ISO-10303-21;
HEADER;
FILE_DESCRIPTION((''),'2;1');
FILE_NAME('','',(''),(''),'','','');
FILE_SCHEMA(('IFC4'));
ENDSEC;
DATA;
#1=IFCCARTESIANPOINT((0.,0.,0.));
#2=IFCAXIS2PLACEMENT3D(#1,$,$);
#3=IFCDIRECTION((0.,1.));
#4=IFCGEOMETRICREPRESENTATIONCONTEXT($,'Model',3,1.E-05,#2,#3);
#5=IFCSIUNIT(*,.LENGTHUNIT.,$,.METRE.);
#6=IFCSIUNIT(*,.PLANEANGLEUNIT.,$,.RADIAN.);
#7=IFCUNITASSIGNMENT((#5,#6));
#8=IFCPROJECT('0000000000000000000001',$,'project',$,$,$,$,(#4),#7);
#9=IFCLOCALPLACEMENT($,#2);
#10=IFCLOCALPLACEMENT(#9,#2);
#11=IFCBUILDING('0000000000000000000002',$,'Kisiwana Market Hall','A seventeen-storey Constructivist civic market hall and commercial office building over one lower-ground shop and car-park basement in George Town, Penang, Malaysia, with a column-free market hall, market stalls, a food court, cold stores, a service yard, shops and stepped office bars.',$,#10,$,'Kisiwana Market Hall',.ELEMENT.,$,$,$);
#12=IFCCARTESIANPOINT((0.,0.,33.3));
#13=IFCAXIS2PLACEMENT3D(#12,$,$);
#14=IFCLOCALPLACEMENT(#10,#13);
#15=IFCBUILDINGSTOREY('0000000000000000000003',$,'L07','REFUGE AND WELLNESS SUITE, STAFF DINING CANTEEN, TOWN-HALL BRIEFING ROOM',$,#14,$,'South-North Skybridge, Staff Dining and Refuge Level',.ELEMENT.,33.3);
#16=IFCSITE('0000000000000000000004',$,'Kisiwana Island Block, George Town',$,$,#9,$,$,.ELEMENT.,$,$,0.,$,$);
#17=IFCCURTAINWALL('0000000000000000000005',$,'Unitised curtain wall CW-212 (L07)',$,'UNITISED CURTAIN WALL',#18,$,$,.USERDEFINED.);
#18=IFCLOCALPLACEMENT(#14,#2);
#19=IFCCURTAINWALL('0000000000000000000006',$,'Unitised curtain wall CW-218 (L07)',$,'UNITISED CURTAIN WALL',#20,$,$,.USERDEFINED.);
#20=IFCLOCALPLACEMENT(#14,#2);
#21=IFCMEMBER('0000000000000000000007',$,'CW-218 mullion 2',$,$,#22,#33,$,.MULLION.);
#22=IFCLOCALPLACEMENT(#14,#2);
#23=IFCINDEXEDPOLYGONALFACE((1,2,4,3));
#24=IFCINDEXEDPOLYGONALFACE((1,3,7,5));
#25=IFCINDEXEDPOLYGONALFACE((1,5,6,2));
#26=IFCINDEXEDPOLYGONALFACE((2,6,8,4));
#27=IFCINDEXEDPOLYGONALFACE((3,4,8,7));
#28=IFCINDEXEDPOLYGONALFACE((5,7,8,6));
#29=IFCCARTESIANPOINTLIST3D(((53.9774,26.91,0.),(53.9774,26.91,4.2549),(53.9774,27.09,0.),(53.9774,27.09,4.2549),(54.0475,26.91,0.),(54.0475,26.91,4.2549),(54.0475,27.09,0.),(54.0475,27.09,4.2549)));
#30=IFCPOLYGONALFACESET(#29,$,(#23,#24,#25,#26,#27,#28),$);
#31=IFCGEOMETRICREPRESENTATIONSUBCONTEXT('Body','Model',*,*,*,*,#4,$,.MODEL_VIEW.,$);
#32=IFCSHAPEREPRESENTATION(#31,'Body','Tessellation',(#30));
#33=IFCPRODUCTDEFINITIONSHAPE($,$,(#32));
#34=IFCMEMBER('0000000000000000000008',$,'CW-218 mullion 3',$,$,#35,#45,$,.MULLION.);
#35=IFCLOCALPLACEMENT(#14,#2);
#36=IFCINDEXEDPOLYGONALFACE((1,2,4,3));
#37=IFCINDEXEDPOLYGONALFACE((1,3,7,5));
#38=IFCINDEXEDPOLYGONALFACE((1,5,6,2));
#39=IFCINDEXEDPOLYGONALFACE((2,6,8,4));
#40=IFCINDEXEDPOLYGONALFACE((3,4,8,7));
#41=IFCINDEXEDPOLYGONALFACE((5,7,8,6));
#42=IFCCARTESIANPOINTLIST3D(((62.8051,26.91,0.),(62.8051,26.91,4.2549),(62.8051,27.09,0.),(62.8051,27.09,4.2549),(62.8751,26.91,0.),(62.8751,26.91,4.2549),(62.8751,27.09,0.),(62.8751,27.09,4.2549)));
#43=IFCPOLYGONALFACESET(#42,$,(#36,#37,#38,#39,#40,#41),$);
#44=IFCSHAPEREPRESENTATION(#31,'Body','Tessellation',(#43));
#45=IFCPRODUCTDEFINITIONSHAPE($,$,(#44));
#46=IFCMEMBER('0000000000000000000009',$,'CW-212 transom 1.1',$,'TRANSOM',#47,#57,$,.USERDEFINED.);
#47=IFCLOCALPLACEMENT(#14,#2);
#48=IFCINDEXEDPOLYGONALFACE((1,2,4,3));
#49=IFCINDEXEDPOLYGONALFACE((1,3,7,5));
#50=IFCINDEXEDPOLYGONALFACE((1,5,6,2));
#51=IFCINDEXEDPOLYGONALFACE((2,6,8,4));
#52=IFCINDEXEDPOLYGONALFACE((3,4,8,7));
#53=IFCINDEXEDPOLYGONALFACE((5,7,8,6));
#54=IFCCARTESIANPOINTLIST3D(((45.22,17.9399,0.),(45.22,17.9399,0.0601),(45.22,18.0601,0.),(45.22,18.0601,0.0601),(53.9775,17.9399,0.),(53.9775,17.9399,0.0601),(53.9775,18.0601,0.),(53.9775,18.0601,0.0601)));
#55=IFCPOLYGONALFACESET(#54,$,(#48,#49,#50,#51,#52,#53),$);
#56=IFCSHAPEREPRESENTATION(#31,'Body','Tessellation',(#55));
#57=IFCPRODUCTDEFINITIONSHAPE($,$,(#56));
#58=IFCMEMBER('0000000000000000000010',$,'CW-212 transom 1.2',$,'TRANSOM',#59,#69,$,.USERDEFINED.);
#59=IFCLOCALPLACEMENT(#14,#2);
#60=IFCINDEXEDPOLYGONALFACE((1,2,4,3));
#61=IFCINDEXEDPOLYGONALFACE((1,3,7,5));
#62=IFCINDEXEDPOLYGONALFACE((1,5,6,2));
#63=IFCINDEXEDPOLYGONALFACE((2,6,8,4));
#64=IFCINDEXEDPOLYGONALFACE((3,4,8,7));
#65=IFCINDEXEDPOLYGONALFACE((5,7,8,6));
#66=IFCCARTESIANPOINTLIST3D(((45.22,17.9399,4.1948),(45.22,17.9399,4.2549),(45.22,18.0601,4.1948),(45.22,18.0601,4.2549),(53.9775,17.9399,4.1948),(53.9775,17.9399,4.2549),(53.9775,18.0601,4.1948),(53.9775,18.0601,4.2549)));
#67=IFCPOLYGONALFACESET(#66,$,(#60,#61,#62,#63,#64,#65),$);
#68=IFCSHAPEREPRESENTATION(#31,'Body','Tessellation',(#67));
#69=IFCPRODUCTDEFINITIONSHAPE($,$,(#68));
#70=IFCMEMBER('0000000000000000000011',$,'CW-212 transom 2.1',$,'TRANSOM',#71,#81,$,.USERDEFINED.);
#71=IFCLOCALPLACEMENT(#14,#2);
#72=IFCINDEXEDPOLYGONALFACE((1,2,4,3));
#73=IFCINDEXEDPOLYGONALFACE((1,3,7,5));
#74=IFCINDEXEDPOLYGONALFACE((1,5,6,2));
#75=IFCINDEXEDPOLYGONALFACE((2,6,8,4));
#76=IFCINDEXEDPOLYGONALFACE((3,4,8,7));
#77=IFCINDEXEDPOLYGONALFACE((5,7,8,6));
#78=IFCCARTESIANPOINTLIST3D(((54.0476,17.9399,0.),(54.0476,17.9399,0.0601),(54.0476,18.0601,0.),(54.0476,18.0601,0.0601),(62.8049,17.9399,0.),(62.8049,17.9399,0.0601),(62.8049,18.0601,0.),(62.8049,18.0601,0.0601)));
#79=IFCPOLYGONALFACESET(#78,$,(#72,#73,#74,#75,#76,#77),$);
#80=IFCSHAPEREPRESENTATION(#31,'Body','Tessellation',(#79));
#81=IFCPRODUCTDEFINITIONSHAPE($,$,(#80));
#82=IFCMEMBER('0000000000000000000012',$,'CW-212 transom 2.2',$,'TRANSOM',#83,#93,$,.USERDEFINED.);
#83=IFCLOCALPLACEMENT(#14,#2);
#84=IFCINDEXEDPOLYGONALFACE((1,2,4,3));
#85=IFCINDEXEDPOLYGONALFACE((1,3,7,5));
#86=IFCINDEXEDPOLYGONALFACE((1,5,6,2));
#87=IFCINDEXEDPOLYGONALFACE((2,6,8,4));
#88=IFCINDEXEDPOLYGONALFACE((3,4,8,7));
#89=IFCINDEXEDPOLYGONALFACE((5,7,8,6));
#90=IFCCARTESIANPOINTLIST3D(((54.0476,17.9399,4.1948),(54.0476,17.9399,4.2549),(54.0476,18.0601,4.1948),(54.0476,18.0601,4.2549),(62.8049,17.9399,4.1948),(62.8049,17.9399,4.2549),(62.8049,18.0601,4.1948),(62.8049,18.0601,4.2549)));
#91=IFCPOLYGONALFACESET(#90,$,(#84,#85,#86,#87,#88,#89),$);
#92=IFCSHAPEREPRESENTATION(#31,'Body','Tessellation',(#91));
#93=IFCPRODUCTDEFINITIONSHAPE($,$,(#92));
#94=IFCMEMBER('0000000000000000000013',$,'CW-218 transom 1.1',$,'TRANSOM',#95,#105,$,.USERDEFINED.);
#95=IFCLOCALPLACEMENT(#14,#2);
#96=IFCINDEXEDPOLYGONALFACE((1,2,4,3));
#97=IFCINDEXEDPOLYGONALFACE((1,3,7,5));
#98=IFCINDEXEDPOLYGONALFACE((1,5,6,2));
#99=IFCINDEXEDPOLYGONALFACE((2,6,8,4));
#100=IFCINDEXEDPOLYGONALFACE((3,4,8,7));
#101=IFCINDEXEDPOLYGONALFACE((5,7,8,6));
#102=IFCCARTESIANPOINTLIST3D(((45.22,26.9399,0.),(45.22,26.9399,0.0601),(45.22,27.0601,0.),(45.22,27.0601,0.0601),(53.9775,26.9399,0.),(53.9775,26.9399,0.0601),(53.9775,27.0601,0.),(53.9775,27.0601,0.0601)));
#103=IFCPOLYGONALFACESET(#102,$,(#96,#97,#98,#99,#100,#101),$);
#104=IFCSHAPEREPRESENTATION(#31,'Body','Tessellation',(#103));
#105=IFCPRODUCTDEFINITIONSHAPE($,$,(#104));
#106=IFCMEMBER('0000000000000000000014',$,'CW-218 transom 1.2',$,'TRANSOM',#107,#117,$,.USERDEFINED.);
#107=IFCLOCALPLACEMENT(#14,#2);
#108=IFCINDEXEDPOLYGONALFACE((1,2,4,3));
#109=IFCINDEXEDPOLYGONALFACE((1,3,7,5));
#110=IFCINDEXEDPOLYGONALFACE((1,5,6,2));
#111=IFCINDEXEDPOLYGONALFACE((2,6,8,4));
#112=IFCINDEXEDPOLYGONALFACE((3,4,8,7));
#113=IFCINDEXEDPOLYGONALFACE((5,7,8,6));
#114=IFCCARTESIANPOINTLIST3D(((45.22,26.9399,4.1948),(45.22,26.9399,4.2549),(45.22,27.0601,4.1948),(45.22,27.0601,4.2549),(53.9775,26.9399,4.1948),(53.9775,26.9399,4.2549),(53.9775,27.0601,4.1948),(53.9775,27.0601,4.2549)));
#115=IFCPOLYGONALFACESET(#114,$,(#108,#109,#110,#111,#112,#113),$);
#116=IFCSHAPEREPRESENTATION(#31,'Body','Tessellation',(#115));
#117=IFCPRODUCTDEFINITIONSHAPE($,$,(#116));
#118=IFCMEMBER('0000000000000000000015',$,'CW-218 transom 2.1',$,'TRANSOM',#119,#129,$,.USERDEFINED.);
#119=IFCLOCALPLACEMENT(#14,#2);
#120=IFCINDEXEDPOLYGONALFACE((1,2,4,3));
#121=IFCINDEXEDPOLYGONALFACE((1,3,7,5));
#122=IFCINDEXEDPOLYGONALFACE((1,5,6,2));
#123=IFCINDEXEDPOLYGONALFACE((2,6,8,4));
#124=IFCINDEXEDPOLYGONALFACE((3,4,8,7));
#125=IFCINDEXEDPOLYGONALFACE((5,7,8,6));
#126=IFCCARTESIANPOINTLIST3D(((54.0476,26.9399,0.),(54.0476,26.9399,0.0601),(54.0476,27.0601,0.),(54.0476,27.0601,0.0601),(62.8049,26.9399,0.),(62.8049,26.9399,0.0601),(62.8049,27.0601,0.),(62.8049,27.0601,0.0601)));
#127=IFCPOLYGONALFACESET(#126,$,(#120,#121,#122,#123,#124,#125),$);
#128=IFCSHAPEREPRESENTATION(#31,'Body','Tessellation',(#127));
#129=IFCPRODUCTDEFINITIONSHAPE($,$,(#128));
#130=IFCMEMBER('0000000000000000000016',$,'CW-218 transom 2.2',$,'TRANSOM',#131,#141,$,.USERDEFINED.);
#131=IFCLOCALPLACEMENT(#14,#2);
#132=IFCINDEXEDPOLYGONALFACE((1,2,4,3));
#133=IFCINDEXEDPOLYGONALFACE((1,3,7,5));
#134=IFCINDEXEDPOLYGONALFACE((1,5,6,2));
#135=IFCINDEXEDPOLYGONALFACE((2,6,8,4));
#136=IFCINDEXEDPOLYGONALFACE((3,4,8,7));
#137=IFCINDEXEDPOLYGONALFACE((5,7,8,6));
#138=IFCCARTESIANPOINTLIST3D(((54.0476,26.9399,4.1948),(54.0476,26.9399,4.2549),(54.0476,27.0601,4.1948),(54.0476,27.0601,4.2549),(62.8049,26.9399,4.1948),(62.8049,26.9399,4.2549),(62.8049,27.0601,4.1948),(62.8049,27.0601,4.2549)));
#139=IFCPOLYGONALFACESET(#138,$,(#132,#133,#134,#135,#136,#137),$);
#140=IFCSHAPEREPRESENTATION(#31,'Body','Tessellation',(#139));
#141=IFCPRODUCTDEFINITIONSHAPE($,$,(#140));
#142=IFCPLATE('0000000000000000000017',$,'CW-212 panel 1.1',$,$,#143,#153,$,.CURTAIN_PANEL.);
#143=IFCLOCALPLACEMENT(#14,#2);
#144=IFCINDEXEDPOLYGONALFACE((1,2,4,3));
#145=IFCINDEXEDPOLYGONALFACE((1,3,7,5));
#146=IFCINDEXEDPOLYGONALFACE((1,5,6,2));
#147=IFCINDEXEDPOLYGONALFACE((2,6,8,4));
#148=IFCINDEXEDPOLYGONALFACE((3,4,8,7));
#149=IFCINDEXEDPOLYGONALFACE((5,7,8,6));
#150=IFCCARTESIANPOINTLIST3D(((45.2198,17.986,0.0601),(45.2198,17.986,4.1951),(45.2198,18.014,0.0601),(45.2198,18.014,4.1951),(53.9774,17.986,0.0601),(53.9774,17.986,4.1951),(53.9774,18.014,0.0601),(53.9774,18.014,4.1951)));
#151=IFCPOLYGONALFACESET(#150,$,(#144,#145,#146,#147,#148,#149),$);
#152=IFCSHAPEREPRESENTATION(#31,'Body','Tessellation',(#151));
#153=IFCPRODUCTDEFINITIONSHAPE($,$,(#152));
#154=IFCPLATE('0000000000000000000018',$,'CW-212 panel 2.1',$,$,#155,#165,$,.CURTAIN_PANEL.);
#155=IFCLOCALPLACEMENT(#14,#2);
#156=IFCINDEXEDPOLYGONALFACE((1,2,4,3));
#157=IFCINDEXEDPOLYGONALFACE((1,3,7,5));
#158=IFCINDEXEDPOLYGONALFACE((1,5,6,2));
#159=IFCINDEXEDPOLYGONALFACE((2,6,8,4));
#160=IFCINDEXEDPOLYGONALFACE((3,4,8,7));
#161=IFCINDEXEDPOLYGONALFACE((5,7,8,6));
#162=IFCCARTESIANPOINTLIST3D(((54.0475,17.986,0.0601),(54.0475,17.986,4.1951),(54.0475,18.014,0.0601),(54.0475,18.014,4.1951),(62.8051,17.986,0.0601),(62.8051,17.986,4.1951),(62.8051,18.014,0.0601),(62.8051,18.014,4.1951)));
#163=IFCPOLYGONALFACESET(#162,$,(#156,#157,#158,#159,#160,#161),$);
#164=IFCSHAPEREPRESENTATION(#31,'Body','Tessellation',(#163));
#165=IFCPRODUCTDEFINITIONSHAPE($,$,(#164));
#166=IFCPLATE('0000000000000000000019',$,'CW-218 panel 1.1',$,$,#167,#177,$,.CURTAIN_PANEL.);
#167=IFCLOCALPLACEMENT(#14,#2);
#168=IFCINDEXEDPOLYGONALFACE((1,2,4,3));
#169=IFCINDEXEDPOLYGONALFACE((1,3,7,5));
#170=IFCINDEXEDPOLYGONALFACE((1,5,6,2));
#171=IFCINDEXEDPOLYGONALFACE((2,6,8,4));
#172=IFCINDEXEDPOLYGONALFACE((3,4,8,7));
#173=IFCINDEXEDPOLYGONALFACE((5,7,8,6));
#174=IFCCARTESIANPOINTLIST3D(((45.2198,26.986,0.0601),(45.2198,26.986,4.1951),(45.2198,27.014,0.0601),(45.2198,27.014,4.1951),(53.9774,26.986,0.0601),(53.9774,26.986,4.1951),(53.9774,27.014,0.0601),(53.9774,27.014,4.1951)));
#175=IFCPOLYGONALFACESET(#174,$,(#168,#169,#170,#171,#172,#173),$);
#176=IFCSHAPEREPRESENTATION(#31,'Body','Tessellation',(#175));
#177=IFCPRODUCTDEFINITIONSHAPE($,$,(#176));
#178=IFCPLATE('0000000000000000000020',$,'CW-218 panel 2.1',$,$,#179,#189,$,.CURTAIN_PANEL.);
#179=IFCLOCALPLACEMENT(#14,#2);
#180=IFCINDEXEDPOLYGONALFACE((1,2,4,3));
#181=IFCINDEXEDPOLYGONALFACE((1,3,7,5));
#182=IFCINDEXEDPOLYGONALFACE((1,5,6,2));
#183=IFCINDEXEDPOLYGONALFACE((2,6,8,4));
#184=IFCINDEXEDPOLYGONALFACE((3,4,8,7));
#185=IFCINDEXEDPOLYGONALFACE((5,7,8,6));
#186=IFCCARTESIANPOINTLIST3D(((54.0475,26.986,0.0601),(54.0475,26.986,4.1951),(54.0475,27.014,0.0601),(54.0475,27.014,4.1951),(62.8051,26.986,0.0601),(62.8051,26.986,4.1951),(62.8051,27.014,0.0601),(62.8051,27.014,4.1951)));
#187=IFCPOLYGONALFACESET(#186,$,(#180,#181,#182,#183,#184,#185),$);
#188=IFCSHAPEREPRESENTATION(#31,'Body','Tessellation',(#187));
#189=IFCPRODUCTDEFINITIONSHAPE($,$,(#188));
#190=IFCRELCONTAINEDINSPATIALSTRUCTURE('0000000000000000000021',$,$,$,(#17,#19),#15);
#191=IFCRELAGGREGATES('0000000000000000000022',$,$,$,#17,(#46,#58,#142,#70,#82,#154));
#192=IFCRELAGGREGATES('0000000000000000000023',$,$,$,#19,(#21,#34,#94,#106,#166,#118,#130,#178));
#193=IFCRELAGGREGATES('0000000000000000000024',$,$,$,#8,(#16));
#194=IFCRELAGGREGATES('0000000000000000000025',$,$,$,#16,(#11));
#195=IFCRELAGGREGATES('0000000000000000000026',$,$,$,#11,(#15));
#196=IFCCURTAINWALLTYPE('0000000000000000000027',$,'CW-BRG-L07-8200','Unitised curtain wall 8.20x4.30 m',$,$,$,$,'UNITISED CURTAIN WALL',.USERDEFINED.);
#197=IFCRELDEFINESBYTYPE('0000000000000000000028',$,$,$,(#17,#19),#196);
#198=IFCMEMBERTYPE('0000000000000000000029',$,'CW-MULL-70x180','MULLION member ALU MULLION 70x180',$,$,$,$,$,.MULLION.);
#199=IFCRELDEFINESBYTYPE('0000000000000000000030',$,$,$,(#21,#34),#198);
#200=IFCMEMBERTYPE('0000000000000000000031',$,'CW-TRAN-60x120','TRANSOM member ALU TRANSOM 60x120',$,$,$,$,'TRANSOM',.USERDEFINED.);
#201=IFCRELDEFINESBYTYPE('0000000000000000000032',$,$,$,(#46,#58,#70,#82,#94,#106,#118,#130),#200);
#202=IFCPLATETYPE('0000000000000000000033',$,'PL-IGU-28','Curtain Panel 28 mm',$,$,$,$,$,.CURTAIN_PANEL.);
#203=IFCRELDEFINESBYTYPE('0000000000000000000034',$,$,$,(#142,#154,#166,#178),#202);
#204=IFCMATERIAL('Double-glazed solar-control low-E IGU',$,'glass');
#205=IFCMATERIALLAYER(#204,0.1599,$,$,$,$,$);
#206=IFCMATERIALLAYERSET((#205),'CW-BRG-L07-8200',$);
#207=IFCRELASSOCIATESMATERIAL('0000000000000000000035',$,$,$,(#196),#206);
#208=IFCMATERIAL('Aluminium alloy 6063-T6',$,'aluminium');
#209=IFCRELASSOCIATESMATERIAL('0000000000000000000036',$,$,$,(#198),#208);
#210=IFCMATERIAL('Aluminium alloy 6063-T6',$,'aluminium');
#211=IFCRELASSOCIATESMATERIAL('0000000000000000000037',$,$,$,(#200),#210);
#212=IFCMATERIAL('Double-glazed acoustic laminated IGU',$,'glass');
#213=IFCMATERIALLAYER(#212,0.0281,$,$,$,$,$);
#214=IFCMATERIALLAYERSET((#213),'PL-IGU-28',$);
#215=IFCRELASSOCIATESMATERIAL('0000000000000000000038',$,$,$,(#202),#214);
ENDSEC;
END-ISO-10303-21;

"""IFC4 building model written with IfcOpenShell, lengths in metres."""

from ifc_helpers import new_model, si_unit, direction, frame, origin, origin_2d, place, context, subcontext, project, spatial, rectangle, extrude, material, layer, layer_set, material_profile, profile_set, type_object, element, aggregate, save


model = new_model("IFC4")

# Units and contexts
model_context = context("Model", 3, precision=1e-05, world=origin(), true_north=direction((0.0, 1.0)))
body_context = subcontext(model_context, "Body", "Model", "MODEL_VIEW")
ifc_project = project(units=[si_unit("LENGTHUNIT", "METRE"), si_unit("PLANEANGLEUNIT", "RADIAN")], contexts=[model_context])

# Site, building, storey
site_placement = place(None, origin())
site = spatial("IfcSite", under=ifc_project, at=site_placement, Name="Kisiwana Island Block, George Town", CompositionType="ELEMENT", RefElevation=0.0)
building_placement = place(site_placement, origin())
building = spatial("IfcBuilding", under=site, at=building_placement, Name="Kisiwana Market Hall", Description="A seventeen-storey Constructivist civic market hall and commercial office building over one lower-ground shop and car-park basement in George Town, Penang, Malaysia, with a column-free market hall, market stalls, a food court, cold stores, a service yard, shops and stepped office bars.", LongName="Kisiwana Market Hall", CompositionType="ELEMENT")
storey_placement = place(building_placement, frame((0.0, 0.0, 33.3)))
storey = spatial("IfcBuildingStorey", under=building, at=storey_placement, Name="L07", Description="REFUGE AND WELLNESS SUITE, STAFF DINING CANTEEN, TOWN-HALL BRIEFING ROOM", LongName="South-North Skybridge, Staff Dining and Refuge Level", CompositionType="ELEMENT", Elevation=33.3)

# Curtain walls, members
ifc_material_1 = material(Name="Double-glazed solar-control low-E IGU", Category="glass")
ifc_layer_1 = layer(ifc_material_1, 0.1599)
ifc_layer_set_1 = layer_set([ifc_layer_1], Name="CW-BRG-L07-8200")
curtain_wall_type = type_object("IfcCurtainWallType", Name="CW-BRG-L07-8200", Description="Unitised curtain wall 8.20x4.30 m", ElementType="UNITISED CURTAIN WALL", PredefinedType="USERDEFINED", material=ifc_layer_set_1)
curtain_wall_1_placement = place(storey_placement, origin())
curtain_wall_1 = element("IfcCurtainWall", 1, at=curtain_wall_1_placement, inside=storey, type_object=curtain_wall_type, Name="Unitised curtain wall CW-212 (L07)", ObjectType="UNITISED CURTAIN WALL", PredefinedType="USERDEFINED")
ifc_material_2 = material(Name="Aluminium alloy 6063-T6", Category="aluminium")
ifc_material_profile_1 = material_profile(ifc_material_2, rectangle(XDim=0.0701, YDim=0.1799, at=origin_2d()), Name="ALU MULLION 70x180")
ifc_profile_set_1 = profile_set([ifc_material_profile_1], Name="Aluminium alloy 6063-T6")
member_type_1 = type_object("IfcMemberType", Name="CW-MULL-70x180", Description="MULLION member ALU MULLION 70x180", PredefinedType="MULLION", material=ifc_profile_set_1)
curtain_wall_2_placement = place(storey_placement, origin())
curtain_wall_2 = element("IfcCurtainWall", 2, at=curtain_wall_2_placement, inside=storey, type_object=curtain_wall_type, Name="Unitised curtain wall CW-218 (L07)", ObjectType="UNITISED CURTAIN WALL", PredefinedType="USERDEFINED")
member_1_placement = place(storey_placement, frame((54.0125, 27.0, 0.0), z_axis=(0.0, 0.0, 1.0), x_axis=(1.0, 0.0, 0.0)))
member_1 = element("IfcMember", 3, at=member_1_placement, type_object=member_type_1, Name="CW-218 mullion 2", PredefinedType="MULLION", context=body_context, shape_type="SweptSolid", body=[
    extrude(rectangle(XDim=0.0701, YDim=0.1799, at=origin_2d()), origin(), (0.0, 0.0, 1.0), 4.2549),
])
member_2_placement = place(storey_placement, frame((62.8401, 27.0, 0.0), z_axis=(0.0, 0.0, 1.0), x_axis=(1.0, 0.0, 0.0)))
member_2 = element("IfcMember", 4, at=member_2_placement, type_object=member_type_1, Name="CW-218 mullion 3", PredefinedType="MULLION", context=body_context, shape_type="SweptSolid", body=[
    extrude(rectangle(XDim=0.0701, YDim=0.1799, at=origin_2d()), origin(), (0.0, 0.0, 1.0), 4.2549),
])

# Members
ifc_material_3 = material(Name="Aluminium alloy 6063-T6", Category="aluminium")
ifc_material_profile_2 = material_profile(ifc_material_3, rectangle(XDim=0.1201, YDim=0.0601, at=origin_2d()), Name="ALU TRANSOM 60x120")
ifc_profile_set_2 = profile_set([ifc_material_profile_2], Name="Aluminium alloy 6063-T6")
member_type_2 = type_object("IfcMemberType", Name="CW-TRAN-60x120", Description="TRANSOM member ALU TRANSOM 60x120", ElementType="TRANSOM", PredefinedType="USERDEFINED", material=ifc_profile_set_2)
member_3_placement = place(storey_placement, frame((45.22, 18.0, 0.03), z_axis=(1.0, 0.0, 0.0), x_axis=(0.0, 1.0, 0.0)))
member_3 = element("IfcMember", 5, at=member_3_placement, type_object=member_type_2, Name="CW-212 transom 1.1", ObjectType="TRANSOM", PredefinedType="USERDEFINED", context=body_context, shape_type="SweptSolid", body=[
    extrude(rectangle(XDim=0.1201, YDim=0.0601, at=origin_2d()), origin(), (0.0, 0.0, 1.0), 8.7576),
])
member_4_placement = place(storey_placement, frame((45.22, 18.0, 4.2249), z_axis=(1.0, 0.0, 0.0), x_axis=(0.0, 1.0, 0.0)))
member_4 = element("IfcMember", 6, at=member_4_placement, type_object=member_type_2, Name="CW-212 transom 1.2", ObjectType="TRANSOM", PredefinedType="USERDEFINED", context=body_context, shape_type="SweptSolid", body=[
    extrude(rectangle(XDim=0.1201, YDim=0.0601, at=origin_2d()), origin(), (0.0, 0.0, 1.0), 8.7576),
])
member_5_placement = place(storey_placement, frame((54.0476, 18.0, 0.03), z_axis=(1.0, 0.0, 0.0), x_axis=(0.0, 1.0, 0.0)))
member_5 = element("IfcMember", 7, at=member_5_placement, type_object=member_type_2, Name="CW-212 transom 2.1", ObjectType="TRANSOM", PredefinedType="USERDEFINED", context=body_context, shape_type="SweptSolid", body=[
    extrude(rectangle(XDim=0.1201, YDim=0.0601, at=origin_2d()), origin(), (0.0, 0.0, 1.0), 8.7573),
])
member_6_placement = place(storey_placement, frame((54.0476, 18.0, 4.2249), z_axis=(1.0, 0.0, 0.0), x_axis=(0.0, 1.0, 0.0)))
member_6 = element("IfcMember", 8, at=member_6_placement, type_object=member_type_2, Name="CW-212 transom 2.2", ObjectType="TRANSOM", PredefinedType="USERDEFINED", context=body_context, shape_type="SweptSolid", body=[
    extrude(rectangle(XDim=0.1201, YDim=0.0601, at=origin_2d()), origin(), (0.0, 0.0, 1.0), 8.7573),
])
member_7_placement = place(storey_placement, frame((45.22, 27.0, 0.03), z_axis=(1.0, 0.0, 0.0), x_axis=(0.0, 1.0, 0.0)))
member_7 = element("IfcMember", 9, at=member_7_placement, type_object=member_type_2, Name="CW-218 transom 1.1", ObjectType="TRANSOM", PredefinedType="USERDEFINED", context=body_context, shape_type="SweptSolid", body=[
    extrude(rectangle(XDim=0.1201, YDim=0.0601, at=origin_2d()), origin(), (0.0, 0.0, 1.0), 8.7576),
])
member_8_placement = place(storey_placement, frame((45.22, 27.0, 4.2249), z_axis=(1.0, 0.0, 0.0), x_axis=(0.0, 1.0, 0.0)))
member_8 = element("IfcMember", 10, at=member_8_placement, type_object=member_type_2, Name="CW-218 transom 1.2", ObjectType="TRANSOM", PredefinedType="USERDEFINED", context=body_context, shape_type="SweptSolid", body=[
    extrude(rectangle(XDim=0.1201, YDim=0.0601, at=origin_2d()), origin(), (0.0, 0.0, 1.0), 8.7576),
])
member_9_placement = place(storey_placement, frame((54.0476, 27.0, 0.03), z_axis=(1.0, 0.0, 0.0), x_axis=(0.0, 1.0, 0.0)))
member_9 = element("IfcMember", 11, at=member_9_placement, type_object=member_type_2, Name="CW-218 transom 2.1", ObjectType="TRANSOM", PredefinedType="USERDEFINED", context=body_context, shape_type="SweptSolid", body=[
    extrude(rectangle(XDim=0.1201, YDim=0.0601, at=origin_2d()), origin(), (0.0, 0.0, 1.0), 8.7573),
])
member_10_placement = place(storey_placement, frame((54.0476, 27.0, 4.2249), z_axis=(1.0, 0.0, 0.0), x_axis=(0.0, 1.0, 0.0)))
member_10 = element("IfcMember", 12, at=member_10_placement, type_object=member_type_2, Name="CW-218 transom 2.2", ObjectType="TRANSOM", PredefinedType="USERDEFINED", context=body_context, shape_type="SweptSolid", body=[
    extrude(rectangle(XDim=0.1201, YDim=0.0601, at=origin_2d()), origin(), (0.0, 0.0, 1.0), 8.7573),
])

# Plates
ifc_material_4 = material(Name="Double-glazed acoustic laminated IGU", Category="glass")
ifc_layer_2 = layer(ifc_material_4, 0.0281)
ifc_layer_set_2 = layer_set([ifc_layer_2], Name="PL-IGU-28")
plate_type = type_object("IfcPlateType", Name="PL-IGU-28", Description="Curtain Panel 28 mm", PredefinedType="CURTAIN_PANEL", material=ifc_layer_set_2)
plate_1_placement = place(storey_placement, frame((49.5986, 18.0, 0.0601), z_axis=(0.0, 0.0, 1.0), x_axis=(1.0, 0.0, 0.0)))
plate_1 = element("IfcPlate", 13, at=plate_1_placement, type_object=plate_type, Name="CW-212 panel 1.1", PredefinedType="CURTAIN_PANEL", context=body_context, shape_type="SweptSolid", body=[
    extrude(rectangle(XDim=8.7576, YDim=0.0281, at=origin_2d()), origin(), (0.0, 0.0, 1.0), 4.135),
])
plate_2_placement = place(storey_placement, frame((58.4263, 18.0, 0.0601), z_axis=(0.0, 0.0, 1.0), x_axis=(1.0, 0.0, 0.0)))
plate_2 = element("IfcPlate", 14, at=plate_2_placement, type_object=plate_type, Name="CW-212 panel 2.1", PredefinedType="CURTAIN_PANEL", context=body_context, shape_type="SweptSolid", body=[
    extrude(rectangle(XDim=8.7576, YDim=0.0281, at=origin_2d()), origin(), (0.0, 0.0, 1.0), 4.135),
])
aggregate(curtain_wall_1, [member_3, member_4, plate_1, member_5, member_6, plate_2])
plate_3_placement = place(storey_placement, frame((49.5986, 27.0, 0.0601), z_axis=(0.0, 0.0, 1.0), x_axis=(1.0, 0.0, 0.0)))
plate_3 = element("IfcPlate", 15, at=plate_3_placement, type_object=plate_type, Name="CW-218 panel 1.1", PredefinedType="CURTAIN_PANEL", context=body_context, shape_type="SweptSolid", body=[
    extrude(rectangle(XDim=8.7576, YDim=0.0281, at=origin_2d()), origin(), (0.0, 0.0, 1.0), 4.135),
])
plate_4_placement = place(storey_placement, frame((58.4263, 27.0, 0.0601), z_axis=(0.0, 0.0, 1.0), x_axis=(1.0, 0.0, 0.0)))
plate_4 = element("IfcPlate", 16, at=plate_4_placement, type_object=plate_type, Name="CW-218 panel 2.1", PredefinedType="CURTAIN_PANEL", context=body_context, shape_type="SweptSolid", body=[
    extrude(rectangle(XDim=8.7576, YDim=0.0281, at=origin_2d()), origin(), (0.0, 0.0, 1.0), 4.135),
])
aggregate(curtain_wall_2, [member_1, member_2, member_7, member_8, plate_3, member_9, member_10, plate_4])

save(model, "model.ifc")
